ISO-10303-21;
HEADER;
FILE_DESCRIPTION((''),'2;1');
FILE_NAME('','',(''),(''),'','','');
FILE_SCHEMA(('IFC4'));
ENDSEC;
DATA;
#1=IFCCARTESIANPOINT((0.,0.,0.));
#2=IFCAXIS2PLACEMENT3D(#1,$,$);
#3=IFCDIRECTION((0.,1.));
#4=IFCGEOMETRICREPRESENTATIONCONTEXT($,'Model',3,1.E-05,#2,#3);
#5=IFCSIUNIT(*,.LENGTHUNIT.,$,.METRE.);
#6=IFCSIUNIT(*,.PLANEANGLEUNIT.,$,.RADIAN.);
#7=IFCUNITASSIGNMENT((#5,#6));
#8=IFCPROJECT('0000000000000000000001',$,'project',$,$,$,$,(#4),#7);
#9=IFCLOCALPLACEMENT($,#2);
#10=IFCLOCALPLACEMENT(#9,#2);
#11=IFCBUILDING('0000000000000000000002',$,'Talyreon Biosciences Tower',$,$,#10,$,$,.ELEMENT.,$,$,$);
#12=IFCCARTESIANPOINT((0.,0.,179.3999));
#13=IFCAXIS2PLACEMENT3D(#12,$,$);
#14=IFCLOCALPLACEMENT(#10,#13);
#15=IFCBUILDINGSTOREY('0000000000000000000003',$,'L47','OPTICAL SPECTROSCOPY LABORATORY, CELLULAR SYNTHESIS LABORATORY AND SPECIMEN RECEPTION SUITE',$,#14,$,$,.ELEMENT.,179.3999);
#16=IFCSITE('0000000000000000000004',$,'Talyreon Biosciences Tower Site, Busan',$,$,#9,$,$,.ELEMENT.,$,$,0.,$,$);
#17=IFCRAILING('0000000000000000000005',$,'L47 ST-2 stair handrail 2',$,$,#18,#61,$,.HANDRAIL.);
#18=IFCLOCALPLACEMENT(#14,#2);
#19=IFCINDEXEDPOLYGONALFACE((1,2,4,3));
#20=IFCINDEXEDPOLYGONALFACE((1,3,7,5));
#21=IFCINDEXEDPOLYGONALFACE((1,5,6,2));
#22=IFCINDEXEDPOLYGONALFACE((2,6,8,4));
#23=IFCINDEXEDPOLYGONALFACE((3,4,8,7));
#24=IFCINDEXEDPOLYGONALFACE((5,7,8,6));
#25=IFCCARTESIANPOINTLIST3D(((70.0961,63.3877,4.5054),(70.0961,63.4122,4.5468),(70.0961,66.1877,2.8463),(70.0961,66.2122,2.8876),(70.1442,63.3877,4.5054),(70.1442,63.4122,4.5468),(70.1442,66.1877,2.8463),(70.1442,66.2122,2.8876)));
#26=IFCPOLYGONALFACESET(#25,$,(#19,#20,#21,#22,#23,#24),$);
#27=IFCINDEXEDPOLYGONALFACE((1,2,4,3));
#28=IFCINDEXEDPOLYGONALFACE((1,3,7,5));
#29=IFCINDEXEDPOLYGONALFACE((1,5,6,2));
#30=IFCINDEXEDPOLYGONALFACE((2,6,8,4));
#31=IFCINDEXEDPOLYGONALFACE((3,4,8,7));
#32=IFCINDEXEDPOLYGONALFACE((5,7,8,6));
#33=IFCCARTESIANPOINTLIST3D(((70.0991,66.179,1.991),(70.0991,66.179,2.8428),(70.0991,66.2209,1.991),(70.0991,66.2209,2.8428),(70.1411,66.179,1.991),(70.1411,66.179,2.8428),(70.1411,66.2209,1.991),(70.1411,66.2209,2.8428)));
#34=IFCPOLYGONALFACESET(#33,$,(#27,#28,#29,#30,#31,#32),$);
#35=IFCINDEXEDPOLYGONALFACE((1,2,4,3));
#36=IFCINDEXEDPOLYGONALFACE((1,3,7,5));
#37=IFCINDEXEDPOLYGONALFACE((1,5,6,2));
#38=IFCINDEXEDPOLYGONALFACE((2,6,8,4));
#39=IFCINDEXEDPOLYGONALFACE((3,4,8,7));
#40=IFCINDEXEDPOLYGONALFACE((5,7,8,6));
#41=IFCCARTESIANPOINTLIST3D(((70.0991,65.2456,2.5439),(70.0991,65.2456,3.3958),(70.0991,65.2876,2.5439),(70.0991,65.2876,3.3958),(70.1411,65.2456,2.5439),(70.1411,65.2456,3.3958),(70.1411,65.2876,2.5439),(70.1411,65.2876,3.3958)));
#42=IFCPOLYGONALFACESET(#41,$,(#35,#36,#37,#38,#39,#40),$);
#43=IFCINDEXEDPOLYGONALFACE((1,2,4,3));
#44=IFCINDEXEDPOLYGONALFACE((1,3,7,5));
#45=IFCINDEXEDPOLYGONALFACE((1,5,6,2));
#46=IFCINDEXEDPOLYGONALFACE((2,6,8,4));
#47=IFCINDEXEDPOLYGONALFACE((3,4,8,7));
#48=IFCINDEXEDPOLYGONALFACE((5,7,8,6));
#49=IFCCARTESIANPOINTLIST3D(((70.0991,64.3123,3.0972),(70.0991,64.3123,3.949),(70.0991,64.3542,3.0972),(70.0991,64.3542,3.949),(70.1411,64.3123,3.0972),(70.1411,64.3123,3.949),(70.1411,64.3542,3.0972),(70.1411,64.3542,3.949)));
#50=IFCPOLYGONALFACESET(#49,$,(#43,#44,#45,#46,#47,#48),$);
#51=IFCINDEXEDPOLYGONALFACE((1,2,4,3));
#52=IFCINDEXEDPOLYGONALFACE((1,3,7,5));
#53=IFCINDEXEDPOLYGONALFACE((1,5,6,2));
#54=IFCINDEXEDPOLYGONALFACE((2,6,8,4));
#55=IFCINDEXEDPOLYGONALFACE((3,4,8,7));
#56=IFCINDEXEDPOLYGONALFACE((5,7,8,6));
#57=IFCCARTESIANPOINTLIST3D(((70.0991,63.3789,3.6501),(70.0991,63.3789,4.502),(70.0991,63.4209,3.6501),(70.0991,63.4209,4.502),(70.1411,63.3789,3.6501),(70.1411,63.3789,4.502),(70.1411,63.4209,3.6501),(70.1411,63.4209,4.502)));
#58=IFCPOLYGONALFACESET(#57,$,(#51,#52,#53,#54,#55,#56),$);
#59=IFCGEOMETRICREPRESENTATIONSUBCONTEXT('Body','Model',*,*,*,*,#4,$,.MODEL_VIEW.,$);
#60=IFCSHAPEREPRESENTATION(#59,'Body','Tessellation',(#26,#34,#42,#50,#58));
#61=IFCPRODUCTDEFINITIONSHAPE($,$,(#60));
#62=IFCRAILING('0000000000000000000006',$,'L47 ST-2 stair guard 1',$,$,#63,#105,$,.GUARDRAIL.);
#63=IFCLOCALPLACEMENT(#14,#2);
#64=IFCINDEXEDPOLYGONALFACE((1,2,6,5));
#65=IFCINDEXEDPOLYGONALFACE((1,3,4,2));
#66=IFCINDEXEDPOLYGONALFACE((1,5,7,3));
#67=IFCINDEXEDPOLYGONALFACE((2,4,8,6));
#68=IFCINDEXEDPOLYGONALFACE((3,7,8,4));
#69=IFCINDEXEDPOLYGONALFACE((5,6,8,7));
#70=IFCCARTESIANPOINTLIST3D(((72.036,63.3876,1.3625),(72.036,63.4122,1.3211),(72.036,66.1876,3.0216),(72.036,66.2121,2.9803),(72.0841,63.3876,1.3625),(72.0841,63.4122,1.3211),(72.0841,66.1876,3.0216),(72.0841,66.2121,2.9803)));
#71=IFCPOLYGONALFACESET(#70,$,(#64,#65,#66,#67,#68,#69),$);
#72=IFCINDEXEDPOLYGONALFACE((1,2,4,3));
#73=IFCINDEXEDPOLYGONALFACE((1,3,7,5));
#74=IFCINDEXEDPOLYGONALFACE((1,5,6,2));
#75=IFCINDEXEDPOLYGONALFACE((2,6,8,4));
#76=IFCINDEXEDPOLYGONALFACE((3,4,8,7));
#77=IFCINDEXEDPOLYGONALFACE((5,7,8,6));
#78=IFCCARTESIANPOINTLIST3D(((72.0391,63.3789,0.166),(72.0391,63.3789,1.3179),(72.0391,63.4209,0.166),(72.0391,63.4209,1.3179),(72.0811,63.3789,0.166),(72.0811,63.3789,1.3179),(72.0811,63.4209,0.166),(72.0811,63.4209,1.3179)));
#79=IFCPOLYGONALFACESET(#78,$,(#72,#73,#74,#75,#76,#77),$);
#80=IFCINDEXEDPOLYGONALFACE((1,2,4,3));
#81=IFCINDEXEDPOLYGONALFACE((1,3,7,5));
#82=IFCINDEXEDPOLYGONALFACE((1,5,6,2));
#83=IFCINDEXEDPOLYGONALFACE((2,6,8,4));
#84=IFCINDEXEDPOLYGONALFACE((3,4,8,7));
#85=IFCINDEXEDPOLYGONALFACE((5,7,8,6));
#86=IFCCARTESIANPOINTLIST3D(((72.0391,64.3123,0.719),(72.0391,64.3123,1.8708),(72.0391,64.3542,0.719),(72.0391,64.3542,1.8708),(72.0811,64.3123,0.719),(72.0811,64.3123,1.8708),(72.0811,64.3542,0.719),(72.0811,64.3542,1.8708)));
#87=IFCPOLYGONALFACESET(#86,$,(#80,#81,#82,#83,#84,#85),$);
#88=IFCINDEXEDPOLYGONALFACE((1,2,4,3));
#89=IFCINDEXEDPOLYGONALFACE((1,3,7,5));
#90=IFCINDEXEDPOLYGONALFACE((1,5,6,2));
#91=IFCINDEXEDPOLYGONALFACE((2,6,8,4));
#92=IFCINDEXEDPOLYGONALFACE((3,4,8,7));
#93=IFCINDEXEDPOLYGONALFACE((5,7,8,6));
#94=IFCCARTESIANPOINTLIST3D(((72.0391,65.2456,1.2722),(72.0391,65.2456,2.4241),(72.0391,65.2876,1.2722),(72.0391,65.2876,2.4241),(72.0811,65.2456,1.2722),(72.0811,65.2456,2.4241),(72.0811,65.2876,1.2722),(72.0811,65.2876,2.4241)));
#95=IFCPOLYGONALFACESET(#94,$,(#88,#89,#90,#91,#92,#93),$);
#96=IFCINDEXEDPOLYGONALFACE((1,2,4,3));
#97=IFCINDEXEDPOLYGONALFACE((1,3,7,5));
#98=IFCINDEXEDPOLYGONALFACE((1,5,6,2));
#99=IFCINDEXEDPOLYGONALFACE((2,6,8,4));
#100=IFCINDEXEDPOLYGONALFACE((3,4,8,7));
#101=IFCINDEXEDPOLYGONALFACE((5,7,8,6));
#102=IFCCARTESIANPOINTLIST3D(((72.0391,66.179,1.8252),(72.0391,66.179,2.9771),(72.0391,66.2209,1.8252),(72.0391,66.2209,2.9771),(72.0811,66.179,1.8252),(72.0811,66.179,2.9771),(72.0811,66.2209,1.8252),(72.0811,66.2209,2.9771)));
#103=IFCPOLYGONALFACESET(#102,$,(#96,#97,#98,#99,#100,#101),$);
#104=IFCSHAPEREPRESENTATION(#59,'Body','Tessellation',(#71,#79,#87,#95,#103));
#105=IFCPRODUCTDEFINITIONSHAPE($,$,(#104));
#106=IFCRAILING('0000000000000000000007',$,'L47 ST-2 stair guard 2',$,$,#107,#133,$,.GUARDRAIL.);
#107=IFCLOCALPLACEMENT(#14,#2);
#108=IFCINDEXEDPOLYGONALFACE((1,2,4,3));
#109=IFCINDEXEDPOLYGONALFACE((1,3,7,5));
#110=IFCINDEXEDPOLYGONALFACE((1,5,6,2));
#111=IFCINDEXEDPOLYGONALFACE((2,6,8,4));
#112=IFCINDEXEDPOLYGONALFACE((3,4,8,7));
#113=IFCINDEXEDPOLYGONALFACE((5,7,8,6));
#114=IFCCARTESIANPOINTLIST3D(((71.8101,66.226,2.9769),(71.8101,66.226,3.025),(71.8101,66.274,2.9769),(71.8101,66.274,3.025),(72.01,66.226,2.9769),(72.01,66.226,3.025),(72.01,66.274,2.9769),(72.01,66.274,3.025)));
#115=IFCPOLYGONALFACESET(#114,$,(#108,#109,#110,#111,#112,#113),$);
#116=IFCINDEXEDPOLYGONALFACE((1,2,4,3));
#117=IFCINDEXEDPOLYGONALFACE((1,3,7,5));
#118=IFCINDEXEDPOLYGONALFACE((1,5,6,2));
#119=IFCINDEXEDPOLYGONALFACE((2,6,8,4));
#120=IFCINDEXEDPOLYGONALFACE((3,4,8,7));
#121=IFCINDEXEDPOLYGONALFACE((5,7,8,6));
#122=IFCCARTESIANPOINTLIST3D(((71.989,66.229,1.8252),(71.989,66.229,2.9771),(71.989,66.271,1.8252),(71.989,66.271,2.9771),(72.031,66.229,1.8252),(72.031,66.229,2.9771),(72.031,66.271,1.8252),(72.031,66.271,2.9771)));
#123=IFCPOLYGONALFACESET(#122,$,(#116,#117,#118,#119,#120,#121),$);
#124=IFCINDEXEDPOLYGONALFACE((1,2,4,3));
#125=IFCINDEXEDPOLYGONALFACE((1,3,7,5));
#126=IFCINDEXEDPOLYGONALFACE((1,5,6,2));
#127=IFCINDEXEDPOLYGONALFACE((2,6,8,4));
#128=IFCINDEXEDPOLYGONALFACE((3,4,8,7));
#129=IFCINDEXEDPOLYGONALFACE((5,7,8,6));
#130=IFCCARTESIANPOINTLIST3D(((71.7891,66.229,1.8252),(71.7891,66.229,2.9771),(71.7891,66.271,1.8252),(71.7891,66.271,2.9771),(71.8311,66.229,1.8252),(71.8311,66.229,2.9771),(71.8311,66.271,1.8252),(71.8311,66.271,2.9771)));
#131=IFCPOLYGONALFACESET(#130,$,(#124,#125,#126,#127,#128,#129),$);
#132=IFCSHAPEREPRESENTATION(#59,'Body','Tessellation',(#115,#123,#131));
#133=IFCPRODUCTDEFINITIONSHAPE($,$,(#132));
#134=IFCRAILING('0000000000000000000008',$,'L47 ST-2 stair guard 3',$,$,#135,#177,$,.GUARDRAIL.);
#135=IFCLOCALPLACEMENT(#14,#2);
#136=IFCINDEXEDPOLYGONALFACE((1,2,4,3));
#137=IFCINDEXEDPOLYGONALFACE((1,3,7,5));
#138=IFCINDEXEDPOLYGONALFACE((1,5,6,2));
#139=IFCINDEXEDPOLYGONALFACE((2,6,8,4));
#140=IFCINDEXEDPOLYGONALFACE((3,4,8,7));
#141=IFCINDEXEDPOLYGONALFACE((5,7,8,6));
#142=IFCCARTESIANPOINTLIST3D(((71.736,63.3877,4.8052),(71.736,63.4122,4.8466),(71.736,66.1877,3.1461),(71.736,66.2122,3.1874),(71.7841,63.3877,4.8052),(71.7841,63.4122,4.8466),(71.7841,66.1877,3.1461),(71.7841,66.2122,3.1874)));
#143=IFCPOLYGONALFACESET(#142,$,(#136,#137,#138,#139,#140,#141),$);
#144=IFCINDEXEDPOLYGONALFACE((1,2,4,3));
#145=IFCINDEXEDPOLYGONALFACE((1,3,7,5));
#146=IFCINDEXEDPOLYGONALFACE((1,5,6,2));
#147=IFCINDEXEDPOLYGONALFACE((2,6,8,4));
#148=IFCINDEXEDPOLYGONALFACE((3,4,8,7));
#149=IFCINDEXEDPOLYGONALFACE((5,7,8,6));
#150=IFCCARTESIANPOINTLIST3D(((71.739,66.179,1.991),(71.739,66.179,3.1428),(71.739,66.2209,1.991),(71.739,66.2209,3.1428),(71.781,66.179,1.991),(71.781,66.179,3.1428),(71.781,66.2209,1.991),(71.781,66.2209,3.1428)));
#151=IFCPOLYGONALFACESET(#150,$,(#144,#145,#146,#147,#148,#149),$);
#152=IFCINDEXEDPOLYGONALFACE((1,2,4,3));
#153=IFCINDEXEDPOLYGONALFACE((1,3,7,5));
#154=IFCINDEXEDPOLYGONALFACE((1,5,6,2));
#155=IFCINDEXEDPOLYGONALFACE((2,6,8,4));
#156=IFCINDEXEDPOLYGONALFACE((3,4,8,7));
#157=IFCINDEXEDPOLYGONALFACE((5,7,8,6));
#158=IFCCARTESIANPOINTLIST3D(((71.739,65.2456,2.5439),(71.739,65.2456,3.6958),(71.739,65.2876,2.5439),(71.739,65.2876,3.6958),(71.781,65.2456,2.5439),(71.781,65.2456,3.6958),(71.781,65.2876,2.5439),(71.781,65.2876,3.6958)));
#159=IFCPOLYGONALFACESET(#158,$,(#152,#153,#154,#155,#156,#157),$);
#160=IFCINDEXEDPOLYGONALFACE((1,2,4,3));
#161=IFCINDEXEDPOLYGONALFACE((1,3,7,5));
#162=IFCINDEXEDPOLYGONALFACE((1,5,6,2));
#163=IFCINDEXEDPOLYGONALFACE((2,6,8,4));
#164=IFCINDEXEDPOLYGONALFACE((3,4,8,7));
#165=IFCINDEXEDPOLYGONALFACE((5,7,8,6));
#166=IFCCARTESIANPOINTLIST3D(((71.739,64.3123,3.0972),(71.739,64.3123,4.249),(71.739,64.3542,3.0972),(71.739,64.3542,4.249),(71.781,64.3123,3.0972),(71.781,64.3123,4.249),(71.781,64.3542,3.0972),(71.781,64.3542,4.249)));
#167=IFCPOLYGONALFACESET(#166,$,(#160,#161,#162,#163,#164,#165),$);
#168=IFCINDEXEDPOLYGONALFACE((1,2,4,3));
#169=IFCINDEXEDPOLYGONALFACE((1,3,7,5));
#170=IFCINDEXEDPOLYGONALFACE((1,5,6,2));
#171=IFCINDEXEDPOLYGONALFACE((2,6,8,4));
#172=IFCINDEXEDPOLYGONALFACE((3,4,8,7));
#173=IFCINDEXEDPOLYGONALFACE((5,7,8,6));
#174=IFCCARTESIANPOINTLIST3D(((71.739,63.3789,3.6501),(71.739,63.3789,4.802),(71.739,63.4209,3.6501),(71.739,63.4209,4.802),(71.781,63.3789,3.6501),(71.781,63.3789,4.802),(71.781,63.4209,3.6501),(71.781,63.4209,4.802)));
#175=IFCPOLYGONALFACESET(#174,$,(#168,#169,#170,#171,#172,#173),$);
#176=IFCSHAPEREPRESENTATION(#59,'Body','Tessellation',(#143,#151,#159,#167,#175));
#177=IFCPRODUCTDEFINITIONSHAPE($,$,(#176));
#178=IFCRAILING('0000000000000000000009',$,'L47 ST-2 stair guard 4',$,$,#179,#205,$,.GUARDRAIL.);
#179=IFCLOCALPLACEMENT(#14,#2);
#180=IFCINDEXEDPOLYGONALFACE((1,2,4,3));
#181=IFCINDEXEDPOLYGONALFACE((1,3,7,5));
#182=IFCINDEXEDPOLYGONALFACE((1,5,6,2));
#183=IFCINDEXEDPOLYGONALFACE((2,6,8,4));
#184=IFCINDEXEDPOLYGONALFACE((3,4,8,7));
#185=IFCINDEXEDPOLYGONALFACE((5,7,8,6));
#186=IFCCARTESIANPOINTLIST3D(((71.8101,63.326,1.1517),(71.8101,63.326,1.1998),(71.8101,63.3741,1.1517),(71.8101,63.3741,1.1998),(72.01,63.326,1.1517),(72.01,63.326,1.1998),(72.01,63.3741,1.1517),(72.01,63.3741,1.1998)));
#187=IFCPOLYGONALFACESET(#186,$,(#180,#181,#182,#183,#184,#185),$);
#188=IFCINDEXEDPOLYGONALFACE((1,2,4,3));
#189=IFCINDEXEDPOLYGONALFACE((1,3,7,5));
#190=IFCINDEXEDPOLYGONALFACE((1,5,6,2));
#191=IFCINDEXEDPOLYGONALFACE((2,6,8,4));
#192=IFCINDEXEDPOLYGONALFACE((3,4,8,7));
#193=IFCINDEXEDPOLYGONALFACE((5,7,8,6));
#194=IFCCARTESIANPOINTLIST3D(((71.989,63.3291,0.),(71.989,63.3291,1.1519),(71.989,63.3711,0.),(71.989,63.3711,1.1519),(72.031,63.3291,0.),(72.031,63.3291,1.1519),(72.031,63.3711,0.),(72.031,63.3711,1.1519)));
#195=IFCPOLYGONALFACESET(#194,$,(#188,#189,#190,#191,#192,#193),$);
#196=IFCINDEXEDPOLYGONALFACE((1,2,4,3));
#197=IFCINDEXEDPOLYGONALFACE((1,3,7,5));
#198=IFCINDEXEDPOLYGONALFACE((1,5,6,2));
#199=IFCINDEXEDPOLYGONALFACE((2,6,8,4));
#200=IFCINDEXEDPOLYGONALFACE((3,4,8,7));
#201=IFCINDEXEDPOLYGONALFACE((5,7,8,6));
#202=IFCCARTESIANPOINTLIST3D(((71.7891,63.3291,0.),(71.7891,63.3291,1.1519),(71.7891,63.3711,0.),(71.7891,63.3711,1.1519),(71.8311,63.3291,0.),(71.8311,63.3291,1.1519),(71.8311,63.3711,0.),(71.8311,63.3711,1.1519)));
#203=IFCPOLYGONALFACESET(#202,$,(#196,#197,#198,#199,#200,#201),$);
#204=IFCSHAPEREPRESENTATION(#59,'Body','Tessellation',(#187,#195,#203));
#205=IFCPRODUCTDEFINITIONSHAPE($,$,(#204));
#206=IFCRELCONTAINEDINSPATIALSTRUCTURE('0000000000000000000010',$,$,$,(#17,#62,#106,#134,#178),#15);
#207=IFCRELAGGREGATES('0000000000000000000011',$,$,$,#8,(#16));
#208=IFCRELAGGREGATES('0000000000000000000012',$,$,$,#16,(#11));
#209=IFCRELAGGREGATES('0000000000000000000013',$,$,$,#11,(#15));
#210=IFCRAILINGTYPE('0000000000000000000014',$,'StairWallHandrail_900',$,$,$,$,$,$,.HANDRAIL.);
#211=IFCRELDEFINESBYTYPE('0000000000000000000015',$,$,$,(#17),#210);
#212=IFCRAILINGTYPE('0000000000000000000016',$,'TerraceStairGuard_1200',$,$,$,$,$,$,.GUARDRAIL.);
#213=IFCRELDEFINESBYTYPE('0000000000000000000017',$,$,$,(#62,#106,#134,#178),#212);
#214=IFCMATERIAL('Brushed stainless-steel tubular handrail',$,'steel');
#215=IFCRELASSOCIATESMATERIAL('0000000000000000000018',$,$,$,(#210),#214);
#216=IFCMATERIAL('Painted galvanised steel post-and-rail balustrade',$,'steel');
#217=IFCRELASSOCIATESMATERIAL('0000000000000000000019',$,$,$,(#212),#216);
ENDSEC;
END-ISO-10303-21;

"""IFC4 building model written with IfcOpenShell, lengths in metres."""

from ifc_helpers import new_model, si_unit, direction, frame, origin, origin_2d, place, context, subcontext, project, spatial, rectangle, extrude, material, type_object, element, save


model = new_model("IFC4")

# Units and contexts
model_context = context("Model", 3, precision=1e-05, world=origin(), true_north=direction((0.0, 1.0)))
body_context = subcontext(model_context, "Body", "Model", "MODEL_VIEW")
ifc_project = project(units=[si_unit("LENGTHUNIT", "METRE"), si_unit("PLANEANGLEUNIT", "RADIAN")], contexts=[model_context])

# Site, building, storey
site_placement = place(None, origin())
site = spatial("IfcSite", under=ifc_project, at=site_placement, Name="Talyreon Biosciences Tower Site, Busan", CompositionType="ELEMENT", RefElevation=0.0)
building_placement = place(site_placement, origin())
building = spatial("IfcBuilding", under=site, at=building_placement, Name="Talyreon Biosciences Tower", CompositionType="ELEMENT")
storey_placement = place(building_placement, frame((0.0, 0.0, 179.3999)))
storey = spatial("IfcBuildingStorey", under=building, at=storey_placement, Name="L47", Description="OPTICAL SPECTROSCOPY LABORATORY, CELLULAR SYNTHESIS LABORATORY AND SPECIMEN RECEPTION SUITE", CompositionType="ELEMENT", Elevation=179.3999)

# Railings
ifc_material_1 = material(Name="Brushed stainless-steel tubular handrail", Category="steel")
railing_type_1 = type_object("IfcRailingType", Name="StairWallHandrail_900", PredefinedType="HANDRAIL", material=ifc_material_1)
railing_1_placement = place(storey_placement, frame((70.1201, 66.2, 1.991)))
element("IfcRailing", 1, at=railing_1_placement, inside=storey, type_object=railing_type_1, Name="L47 ST-2 stair handrail 2", PredefinedType="HANDRAIL", context=body_context, shape_type="SweptSolid", body=[
    extrude(rectangle(XDim=0.0481, YDim=0.0481, at=origin_2d()), frame((0.0, 0.0, 0.876), z_axis=(0.0, -0.860306, 0.509778), x_axis=(1.0, 0.0, 0.0)), (0.0, 0.0, 1.0), 3.2546),
    extrude(rectangle(XDim=0.042, YDim=0.042, at=origin_2d()), origin(), (0.0, 0.0, 1.0), 0.8518),
    extrude(rectangle(XDim=0.042, YDim=0.042, at=origin_2d()), frame((0.0, -0.9333, 0.553)), (0.0, 0.0, 1.0), 0.8518),
    extrude(rectangle(XDim=0.042, YDim=0.042, at=origin_2d()), frame((0.0, -1.8667, 1.1062)), (0.0, 0.0, 1.0), 0.8518),
    extrude(rectangle(XDim=0.042, YDim=0.042, at=origin_2d()), frame((0.0, -2.8, 1.6592)), (0.0, 0.0, 1.0), 0.8518),
])
ifc_material_2 = material(Name="Painted galvanised steel post-and-rail balustrade", Category="steel")
railing_type_2 = type_object("IfcRailingType", Name="TerraceStairGuard_1200", PredefinedType="GUARDRAIL", material=ifc_material_2)
railing_2_placement = place(storey_placement, frame((72.0601, 63.3999, 0.166)))
element("IfcRailing", 2, at=railing_2_placement, inside=storey, type_object=railing_type_2, Name="L47 ST-2 stair guard 1", PredefinedType="GUARDRAIL", context=body_context, shape_type="SweptSolid", body=[
    extrude(rectangle(XDim=0.0481, YDim=0.0481, at=origin_2d()), frame((0.0, 0.0, 1.1758), z_axis=(0.0, 0.860306, 0.509778), x_axis=(-1.0, 0.0, 0.0)), (0.0, 0.0, 1.0), 3.2546),
    extrude(rectangle(XDim=0.042, YDim=0.042, at=origin_2d()), origin(), (0.0, 0.0, 1.0), 1.1519),
    extrude(rectangle(XDim=0.042, YDim=0.042, at=origin_2d()), frame((0.0, 0.9333, 0.553)), (0.0, 0.0, 1.0), 1.1519),
    extrude(rectangle(XDim=0.042, YDim=0.042, at=origin_2d()), frame((0.0, 1.8667, 1.1062)), (0.0, 0.0, 1.0), 1.1519),
    extrude(rectangle(XDim=0.042, YDim=0.042, at=origin_2d()), frame((0.0, 2.8, 1.6592)), (0.0, 0.0, 1.0), 1.1519),
])
railing_3_placement = place(storey_placement, frame((72.01, 66.25, 1.8252)))
element("IfcRailing", 3, at=railing_3_placement, inside=storey, type_object=railing_type_2, Name="L47 ST-2 stair guard 2", PredefinedType="GUARDRAIL", context=body_context, shape_type="SweptSolid", body=[
    extrude(rectangle(XDim=0.0481, YDim=0.0481, at=origin_2d()), frame((0.0, 0.0, 1.1758), z_axis=(-1.0, 0.0, 0.0), x_axis=(0.0, -1.0, 0.0)), (0.0, 0.0, 1.0), 0.2),
    extrude(rectangle(XDim=0.042, YDim=0.042, at=origin_2d()), origin(), (0.0, 0.0, 1.0), 1.1519),
    extrude(rectangle(XDim=0.042, YDim=0.042, at=origin_2d()), frame((-0.2, 0.0, 0.0)), (0.0, 0.0, 1.0), 1.1519),
])
railing_4_placement = place(storey_placement, frame((71.76, 66.2, 1.991)))
element("IfcRailing", 4, at=railing_4_placement, inside=storey, type_object=railing_type_2, Name="L47 ST-2 stair guard 3", PredefinedType="GUARDRAIL", context=body_context, shape_type="SweptSolid", body=[
    extrude(rectangle(XDim=0.0481, YDim=0.0481, at=origin_2d()), frame((0.0, 0.0, 1.1758), z_axis=(0.0, -0.860306, 0.509778), x_axis=(1.0, 0.0, 0.0)), (0.0, 0.0, 1.0), 3.2546),
    extrude(rectangle(XDim=0.042, YDim=0.042, at=origin_2d()), origin(), (0.0, 0.0, 1.0), 1.1519),
    extrude(rectangle(XDim=0.042, YDim=0.042, at=origin_2d()), frame((0.0, -0.9333, 0.553)), (0.0, 0.0, 1.0), 1.1519),
    extrude(rectangle(XDim=0.042, YDim=0.042, at=origin_2d()), frame((0.0, -1.8667, 1.1062)), (0.0, 0.0, 1.0), 1.1519),
    extrude(rectangle(XDim=0.042, YDim=0.042, at=origin_2d()), frame((0.0, -2.8, 1.6592)), (0.0, 0.0, 1.0), 1.1519),
])
railing_5_placement = place(storey_placement, frame((72.01, 63.3501, 0.0)))
element("IfcRailing", 5, at=railing_5_placement, inside=storey, type_object=railing_type_2, Name="L47 ST-2 stair guard 4", PredefinedType="GUARDRAIL", context=body_context, shape_type="SweptSolid", body=[
    extrude(rectangle(XDim=0.0481, YDim=0.0481, at=origin_2d()), frame((0.0, 0.0, 1.1758), z_axis=(-1.0, 0.0, 0.0), x_axis=(0.0, -1.0, 0.0)), (0.0, 0.0, 1.0), 0.2),
    extrude(rectangle(XDim=0.042, YDim=0.042, at=origin_2d()), origin(), (0.0, 0.0, 1.0), 1.1519),
    extrude(rectangle(XDim=0.042, YDim=0.042, at=origin_2d()), frame((-0.2, 0.0, 0.0)), (0.0, 0.0, 1.0), 1.1519),
])

save(model, "model.ifc")
